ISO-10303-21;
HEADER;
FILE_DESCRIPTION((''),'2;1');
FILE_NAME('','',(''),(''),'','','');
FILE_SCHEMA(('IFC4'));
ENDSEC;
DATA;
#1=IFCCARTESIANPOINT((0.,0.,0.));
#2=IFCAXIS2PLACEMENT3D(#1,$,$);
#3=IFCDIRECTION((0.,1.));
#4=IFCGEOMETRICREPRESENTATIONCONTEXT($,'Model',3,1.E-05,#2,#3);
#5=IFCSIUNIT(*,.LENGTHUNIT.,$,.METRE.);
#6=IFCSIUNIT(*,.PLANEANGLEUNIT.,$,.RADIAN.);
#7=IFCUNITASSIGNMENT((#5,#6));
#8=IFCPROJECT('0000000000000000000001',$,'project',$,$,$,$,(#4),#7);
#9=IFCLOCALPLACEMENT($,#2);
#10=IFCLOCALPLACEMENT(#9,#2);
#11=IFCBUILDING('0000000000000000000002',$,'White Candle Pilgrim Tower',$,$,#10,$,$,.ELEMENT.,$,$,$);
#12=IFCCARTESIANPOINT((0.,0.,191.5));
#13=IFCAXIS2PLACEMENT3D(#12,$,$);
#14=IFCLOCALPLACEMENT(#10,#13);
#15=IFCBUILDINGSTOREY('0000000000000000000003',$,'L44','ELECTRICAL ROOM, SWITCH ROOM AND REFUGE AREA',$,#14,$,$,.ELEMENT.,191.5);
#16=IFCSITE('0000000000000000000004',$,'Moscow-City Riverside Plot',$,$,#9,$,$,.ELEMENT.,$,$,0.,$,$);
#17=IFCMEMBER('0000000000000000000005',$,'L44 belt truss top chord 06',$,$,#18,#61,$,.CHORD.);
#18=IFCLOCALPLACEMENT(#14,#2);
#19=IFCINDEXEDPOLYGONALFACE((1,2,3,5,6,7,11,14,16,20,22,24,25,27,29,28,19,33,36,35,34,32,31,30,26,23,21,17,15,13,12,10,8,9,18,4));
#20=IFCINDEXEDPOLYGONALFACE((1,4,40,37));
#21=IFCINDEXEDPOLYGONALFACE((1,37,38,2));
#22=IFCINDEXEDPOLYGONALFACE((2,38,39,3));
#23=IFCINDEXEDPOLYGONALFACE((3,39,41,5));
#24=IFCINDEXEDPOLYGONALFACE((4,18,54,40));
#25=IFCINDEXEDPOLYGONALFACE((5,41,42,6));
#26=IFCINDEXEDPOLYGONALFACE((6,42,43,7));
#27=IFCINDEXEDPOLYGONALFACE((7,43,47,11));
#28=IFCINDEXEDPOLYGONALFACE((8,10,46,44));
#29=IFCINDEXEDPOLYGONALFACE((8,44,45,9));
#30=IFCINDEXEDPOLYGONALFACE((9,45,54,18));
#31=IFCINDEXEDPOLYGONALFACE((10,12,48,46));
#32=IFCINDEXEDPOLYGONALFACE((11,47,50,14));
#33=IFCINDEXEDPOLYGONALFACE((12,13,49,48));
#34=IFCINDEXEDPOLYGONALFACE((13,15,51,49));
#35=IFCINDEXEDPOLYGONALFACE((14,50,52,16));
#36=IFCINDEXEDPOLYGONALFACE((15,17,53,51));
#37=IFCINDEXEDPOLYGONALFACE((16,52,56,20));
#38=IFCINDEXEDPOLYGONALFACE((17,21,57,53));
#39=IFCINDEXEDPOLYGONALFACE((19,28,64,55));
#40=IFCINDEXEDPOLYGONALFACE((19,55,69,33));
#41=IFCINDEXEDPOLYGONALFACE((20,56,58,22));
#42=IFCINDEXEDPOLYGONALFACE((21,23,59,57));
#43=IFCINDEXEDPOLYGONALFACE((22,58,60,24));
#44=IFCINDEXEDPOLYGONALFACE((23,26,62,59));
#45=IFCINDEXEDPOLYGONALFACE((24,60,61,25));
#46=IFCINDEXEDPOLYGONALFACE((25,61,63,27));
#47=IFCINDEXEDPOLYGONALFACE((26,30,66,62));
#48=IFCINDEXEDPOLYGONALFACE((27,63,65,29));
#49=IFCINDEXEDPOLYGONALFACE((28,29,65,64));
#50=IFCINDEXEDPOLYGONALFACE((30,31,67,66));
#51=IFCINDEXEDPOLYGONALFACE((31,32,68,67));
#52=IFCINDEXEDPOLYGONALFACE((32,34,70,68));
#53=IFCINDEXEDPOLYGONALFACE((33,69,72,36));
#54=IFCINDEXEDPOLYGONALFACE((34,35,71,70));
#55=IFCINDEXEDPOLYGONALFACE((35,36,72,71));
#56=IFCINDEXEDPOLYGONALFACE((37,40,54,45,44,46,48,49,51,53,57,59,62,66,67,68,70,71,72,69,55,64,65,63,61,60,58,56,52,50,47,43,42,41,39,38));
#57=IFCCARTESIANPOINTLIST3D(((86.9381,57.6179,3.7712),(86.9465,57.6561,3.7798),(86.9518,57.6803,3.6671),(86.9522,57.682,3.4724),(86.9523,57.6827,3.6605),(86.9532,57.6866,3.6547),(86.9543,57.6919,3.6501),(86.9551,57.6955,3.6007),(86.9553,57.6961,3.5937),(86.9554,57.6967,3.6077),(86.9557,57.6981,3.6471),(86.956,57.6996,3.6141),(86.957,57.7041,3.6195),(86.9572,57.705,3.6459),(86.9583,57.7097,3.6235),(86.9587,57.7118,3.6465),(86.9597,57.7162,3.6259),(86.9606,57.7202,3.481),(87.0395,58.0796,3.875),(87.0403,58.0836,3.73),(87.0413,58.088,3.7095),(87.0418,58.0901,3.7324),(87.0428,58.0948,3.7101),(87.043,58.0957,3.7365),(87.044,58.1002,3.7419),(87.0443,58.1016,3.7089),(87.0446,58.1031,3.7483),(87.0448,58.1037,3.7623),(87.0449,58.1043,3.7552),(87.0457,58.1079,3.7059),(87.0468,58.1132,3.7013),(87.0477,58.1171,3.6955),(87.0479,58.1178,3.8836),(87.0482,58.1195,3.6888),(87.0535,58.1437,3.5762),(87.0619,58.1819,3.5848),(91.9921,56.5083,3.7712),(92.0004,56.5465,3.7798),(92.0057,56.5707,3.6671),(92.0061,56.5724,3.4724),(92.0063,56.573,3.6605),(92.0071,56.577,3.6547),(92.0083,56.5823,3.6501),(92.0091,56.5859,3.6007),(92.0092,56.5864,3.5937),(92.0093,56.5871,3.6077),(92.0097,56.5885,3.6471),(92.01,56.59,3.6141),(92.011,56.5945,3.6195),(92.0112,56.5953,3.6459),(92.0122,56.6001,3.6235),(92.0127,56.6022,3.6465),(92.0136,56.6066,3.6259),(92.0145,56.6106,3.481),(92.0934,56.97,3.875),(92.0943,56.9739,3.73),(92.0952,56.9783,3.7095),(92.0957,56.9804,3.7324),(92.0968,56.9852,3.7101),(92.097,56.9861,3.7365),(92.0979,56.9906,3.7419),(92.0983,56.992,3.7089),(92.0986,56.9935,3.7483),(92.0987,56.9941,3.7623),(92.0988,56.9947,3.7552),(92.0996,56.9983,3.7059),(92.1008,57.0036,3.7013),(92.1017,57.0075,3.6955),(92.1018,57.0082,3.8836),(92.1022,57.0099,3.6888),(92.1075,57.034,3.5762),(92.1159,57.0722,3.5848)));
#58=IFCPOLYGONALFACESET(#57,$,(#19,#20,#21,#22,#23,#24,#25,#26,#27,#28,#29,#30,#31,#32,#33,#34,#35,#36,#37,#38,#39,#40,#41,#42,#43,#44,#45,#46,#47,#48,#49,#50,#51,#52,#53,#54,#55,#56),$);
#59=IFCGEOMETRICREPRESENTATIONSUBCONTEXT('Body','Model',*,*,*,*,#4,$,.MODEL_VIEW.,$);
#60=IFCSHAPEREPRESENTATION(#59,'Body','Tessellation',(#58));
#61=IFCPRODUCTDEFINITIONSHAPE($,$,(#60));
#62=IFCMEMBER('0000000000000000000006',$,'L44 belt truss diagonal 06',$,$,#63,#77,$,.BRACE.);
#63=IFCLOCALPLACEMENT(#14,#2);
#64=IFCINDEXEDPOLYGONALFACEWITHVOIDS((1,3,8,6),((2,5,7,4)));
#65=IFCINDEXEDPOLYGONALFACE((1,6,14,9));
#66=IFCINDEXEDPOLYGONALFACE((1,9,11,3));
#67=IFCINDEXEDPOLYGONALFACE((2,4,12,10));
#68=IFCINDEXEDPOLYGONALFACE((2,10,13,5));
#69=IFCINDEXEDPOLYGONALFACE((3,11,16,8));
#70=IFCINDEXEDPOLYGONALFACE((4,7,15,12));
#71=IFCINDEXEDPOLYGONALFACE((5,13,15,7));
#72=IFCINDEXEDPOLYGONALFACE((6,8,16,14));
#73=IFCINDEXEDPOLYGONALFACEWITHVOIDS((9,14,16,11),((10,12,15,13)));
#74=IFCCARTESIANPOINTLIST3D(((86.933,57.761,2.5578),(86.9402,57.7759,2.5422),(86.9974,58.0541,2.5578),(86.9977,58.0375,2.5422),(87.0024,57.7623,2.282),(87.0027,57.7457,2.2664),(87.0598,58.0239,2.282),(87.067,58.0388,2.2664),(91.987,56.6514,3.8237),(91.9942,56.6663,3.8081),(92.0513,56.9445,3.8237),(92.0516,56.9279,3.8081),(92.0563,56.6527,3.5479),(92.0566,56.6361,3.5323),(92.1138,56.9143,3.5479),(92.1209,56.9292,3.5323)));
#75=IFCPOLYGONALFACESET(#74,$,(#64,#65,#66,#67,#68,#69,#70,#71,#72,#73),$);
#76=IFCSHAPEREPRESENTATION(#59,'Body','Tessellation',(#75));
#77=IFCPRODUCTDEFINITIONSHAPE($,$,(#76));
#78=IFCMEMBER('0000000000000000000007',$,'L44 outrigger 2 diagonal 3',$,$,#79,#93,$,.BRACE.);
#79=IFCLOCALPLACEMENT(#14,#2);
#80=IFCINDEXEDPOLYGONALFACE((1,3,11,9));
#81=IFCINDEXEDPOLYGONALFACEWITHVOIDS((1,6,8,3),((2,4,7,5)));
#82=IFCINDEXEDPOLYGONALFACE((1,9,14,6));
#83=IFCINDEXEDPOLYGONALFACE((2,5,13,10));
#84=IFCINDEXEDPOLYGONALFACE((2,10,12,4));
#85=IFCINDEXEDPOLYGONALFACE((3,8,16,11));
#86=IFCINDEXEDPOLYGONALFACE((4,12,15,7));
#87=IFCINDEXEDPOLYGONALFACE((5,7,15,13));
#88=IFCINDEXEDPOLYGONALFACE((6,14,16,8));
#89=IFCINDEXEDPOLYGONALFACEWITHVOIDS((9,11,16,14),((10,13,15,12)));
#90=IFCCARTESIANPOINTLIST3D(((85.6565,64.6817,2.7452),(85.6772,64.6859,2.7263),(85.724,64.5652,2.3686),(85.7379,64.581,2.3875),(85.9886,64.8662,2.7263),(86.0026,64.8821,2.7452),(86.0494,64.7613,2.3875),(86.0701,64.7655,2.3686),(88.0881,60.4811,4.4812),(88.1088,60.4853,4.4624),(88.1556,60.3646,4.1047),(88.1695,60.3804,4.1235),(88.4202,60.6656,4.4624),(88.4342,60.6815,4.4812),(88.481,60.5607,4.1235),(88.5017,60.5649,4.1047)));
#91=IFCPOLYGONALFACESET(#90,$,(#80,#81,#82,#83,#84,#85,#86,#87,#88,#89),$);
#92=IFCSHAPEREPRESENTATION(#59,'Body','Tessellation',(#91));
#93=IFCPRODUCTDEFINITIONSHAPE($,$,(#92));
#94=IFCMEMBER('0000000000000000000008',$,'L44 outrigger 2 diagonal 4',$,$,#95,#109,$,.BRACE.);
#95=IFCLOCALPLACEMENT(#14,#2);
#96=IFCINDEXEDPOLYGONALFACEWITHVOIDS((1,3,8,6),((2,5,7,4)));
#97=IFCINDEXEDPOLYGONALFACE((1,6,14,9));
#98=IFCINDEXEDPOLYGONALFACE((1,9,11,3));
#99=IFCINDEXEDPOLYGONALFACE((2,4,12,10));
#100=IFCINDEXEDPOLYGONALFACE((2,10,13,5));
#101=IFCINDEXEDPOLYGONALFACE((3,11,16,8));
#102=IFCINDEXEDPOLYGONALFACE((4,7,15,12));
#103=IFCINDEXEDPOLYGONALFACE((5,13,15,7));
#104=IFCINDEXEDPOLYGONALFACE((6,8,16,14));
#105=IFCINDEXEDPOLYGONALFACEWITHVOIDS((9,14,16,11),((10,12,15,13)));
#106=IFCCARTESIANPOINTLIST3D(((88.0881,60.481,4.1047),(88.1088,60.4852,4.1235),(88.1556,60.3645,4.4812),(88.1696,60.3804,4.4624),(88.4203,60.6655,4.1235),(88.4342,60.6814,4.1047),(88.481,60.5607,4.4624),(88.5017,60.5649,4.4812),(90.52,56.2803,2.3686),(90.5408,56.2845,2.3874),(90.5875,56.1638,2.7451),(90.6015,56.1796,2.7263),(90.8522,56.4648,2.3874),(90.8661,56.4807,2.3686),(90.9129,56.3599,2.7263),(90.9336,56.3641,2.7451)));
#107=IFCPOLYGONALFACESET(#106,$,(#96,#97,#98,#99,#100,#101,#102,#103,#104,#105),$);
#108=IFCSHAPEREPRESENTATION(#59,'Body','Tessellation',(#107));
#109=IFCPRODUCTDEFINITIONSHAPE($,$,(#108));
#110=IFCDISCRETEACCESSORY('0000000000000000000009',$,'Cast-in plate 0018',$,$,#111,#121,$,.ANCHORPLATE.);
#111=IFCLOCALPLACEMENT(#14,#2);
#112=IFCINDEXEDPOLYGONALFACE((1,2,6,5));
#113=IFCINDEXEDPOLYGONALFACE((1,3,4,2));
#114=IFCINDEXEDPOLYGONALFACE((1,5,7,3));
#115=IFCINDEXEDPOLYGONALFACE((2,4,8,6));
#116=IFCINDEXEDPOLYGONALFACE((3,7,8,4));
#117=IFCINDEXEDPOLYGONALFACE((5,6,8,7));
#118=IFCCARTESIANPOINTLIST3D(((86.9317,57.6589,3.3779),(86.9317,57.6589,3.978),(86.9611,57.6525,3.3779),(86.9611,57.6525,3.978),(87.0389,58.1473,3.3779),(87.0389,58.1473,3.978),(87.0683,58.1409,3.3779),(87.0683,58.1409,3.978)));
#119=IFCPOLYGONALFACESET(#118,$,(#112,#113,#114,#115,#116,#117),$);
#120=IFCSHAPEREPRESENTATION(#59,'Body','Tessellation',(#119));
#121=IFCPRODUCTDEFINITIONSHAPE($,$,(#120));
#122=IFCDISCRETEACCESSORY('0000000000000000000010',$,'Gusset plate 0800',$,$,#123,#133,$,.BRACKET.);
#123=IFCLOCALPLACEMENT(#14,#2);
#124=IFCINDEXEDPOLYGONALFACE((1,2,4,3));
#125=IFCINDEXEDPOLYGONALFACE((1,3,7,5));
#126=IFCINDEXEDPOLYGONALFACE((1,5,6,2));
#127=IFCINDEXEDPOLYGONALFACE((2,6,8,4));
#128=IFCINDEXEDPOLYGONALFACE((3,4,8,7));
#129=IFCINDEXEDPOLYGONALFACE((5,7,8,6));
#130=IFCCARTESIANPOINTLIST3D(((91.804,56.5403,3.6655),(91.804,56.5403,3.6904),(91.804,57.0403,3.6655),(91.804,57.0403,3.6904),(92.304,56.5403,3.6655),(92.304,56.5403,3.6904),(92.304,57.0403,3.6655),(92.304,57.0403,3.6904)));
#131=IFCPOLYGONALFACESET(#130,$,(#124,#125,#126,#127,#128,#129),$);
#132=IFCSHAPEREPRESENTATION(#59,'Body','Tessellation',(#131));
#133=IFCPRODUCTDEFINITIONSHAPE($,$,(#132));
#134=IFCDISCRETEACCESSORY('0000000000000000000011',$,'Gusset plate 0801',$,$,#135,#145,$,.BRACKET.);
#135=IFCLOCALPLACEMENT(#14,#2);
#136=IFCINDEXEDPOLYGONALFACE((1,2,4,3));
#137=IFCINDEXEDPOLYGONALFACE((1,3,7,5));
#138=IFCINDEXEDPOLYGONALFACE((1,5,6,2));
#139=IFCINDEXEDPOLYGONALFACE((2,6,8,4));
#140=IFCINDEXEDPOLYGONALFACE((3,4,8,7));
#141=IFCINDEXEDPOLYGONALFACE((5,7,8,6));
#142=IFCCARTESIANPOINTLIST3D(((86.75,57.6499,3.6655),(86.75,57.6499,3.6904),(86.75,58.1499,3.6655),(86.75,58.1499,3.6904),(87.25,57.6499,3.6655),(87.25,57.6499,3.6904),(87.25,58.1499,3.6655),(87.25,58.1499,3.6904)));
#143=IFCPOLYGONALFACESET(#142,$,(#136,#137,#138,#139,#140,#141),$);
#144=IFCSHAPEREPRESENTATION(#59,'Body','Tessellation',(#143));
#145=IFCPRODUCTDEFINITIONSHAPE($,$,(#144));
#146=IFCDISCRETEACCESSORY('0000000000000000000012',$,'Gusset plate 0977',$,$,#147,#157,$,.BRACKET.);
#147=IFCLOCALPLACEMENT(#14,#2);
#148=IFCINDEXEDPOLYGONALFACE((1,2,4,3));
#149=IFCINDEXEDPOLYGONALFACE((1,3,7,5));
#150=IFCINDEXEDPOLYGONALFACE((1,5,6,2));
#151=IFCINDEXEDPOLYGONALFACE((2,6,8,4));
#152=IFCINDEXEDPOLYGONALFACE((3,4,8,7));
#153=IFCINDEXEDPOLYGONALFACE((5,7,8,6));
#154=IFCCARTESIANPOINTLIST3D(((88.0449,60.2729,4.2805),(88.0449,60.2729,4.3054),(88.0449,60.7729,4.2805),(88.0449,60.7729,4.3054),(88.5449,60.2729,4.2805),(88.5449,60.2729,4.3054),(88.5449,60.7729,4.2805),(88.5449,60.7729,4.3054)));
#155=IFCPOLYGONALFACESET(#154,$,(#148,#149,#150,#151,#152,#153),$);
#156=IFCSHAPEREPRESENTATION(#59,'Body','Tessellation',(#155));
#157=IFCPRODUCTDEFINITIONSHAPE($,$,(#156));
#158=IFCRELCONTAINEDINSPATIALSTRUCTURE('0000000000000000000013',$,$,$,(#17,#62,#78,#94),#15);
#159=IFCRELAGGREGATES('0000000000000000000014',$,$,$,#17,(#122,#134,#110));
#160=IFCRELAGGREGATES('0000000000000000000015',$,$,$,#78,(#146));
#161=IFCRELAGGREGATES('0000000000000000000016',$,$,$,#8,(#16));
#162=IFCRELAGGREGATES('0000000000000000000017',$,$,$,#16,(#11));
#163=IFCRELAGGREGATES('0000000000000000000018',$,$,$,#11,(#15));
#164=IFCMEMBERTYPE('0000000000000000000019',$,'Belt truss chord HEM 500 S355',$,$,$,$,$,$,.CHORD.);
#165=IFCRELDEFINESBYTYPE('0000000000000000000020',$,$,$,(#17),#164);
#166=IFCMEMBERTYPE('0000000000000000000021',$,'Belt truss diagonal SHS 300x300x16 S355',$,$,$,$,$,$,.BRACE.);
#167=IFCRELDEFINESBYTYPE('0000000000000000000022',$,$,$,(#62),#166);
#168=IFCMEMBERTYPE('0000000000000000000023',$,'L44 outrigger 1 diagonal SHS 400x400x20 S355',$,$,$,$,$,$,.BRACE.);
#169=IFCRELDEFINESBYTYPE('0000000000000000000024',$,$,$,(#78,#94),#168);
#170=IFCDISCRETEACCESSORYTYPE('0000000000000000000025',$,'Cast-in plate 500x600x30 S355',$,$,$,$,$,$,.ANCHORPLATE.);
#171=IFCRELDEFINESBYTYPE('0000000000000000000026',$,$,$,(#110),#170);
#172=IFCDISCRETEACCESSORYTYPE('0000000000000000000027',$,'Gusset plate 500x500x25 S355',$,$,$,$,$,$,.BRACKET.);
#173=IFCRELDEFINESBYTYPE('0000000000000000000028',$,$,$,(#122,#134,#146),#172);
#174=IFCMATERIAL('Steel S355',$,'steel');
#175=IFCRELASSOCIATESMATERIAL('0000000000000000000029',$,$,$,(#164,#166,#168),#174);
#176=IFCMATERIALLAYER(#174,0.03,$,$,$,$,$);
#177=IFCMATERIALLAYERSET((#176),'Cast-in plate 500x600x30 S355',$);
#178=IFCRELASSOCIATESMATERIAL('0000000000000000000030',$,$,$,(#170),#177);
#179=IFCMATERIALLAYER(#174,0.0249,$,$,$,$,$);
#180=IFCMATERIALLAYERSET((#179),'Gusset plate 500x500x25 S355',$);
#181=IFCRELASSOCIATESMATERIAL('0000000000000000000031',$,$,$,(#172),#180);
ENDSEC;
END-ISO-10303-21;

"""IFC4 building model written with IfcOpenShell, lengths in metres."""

from ifc_helpers import new_model, si_unit, direction, frame, origin, origin_2d, place, context, subcontext, project, spatial, rectangle, hollow_rectangle, i_section, extrude, material, layer, layer_set, material_profile, profile_set, type_object, element, aggregate, save


model = new_model("IFC4")

# Units and contexts
model_context = context("Model", 3, precision=1e-05, world=origin(), true_north=direction((0.0, 1.0)))
body_context = subcontext(model_context, "Body", "Model", "MODEL_VIEW")
ifc_project = project(units=[si_unit("LENGTHUNIT", "METRE"), si_unit("PLANEANGLEUNIT", "RADIAN")], contexts=[model_context])

# Site, building, storey
site_placement = place(None, origin())
site = spatial("IfcSite", under=ifc_project, at=site_placement, Name="Moscow-City Riverside Plot", CompositionType="ELEMENT", RefElevation=0.0)
building_placement = place(site_placement, origin())
building = spatial("IfcBuilding", under=site, at=building_placement, Name="White Candle Pilgrim Tower", CompositionType="ELEMENT")
storey_placement = place(building_placement, frame((0.0, 0.0, 191.5)))
storey = spatial("IfcBuildingStorey", under=building, at=storey_placement, Name="L44", Description="ELECTRICAL ROOM, SWITCH ROOM AND REFUGE AREA", CompositionType="ELEMENT", Elevation=191.5)

# Members
ifc_material_1 = material(Name="Steel S355", Category="steel")
ifc_material_profile_1 = material_profile(ifc_material_1, i_section(OverallWidth=0.3059, OverallDepth=0.5239, WebThickness=0.021, FlangeThickness=0.04, FilletRadius=0.0271, at=origin_2d()), Name="HEM 500")
ifc_profile_set_1 = profile_set([ifc_material_profile_1], Name="Steel S355")
member_type_1 = type_object("IfcMemberType", Name="Belt truss chord HEM 500 S355", PredefinedType="CHORD", material=ifc_profile_set_1)
member_1_placement = place(storey_placement, frame((92.054, 56.7903, 3.678), z_axis=(-0.976736, 0.214447, 0.0), x_axis=(0.045987, 0.209457, -0.976736)))
member_1 = element("IfcMember", 1, at=member_1_placement, inside=storey, type_object=member_type_1, Name="L44 belt truss top chord 06", PredefinedType="CHORD", context=body_context, shape_type="SweptSolid", body=[
    extrude(i_section(OverallWidth=0.3059, OverallDepth=0.5239, WebThickness=0.021, FlangeThickness=0.04, FilletRadius=0.0271, at=origin_2d()), origin(), (0.0, 0.0, 1.0), 5.1743),
])
ifc_material_profile_2 = material_profile(ifc_material_1, hollow_rectangle(XDim=0.3, YDim=0.3, WallThickness=0.0161, at=origin_2d()), Name="SHS 300x300x16")
ifc_profile_set_2 = profile_set([ifc_material_profile_2], Name="Steel S355")
member_type_2 = type_object("IfcMemberType", Name="Belt truss diagonal SHS 300x300x16 S355", PredefinedType="BRACE", material=ifc_profile_set_2)
member_2_placement = place(storey_placement, frame((92.054, 56.7903, 3.678), z_axis=(-0.948756, 0.208304, -0.237636), x_axis=(-0.214447, -0.976736, 0.0)))
element("IfcMember", 2, at=member_2_placement, inside=storey, type_object=member_type_2, Name="L44 belt truss diagonal 06", PredefinedType="BRACE", context=body_context, shape_type="SweptSolid", body=[
    extrude(hollow_rectangle(XDim=0.3, YDim=0.3, WallThickness=0.0161, at=origin_2d()), origin(), (0.0, 0.0, 1.0), 5.3269),
])
ifc_material_profile_3 = material_profile(ifc_material_1, hollow_rectangle(XDim=0.3999, YDim=0.3999, WallThickness=0.02, at=origin_2d()), Name="SHS 400x400x20")
ifc_profile_set_3 = profile_set([ifc_material_profile_3], Name="Steel S355")
member_type_3 = type_object("IfcMemberType", Name="L44 outrigger 1 diagonal SHS 400x400x20 S355", PredefinedType="BRACE", material=ifc_profile_set_3)
member_3_placement = place(storey_placement, frame((85.8633, 64.7236, 2.5569), z_axis=(0.471718, -0.814897, 0.336786), x_axis=(0.865456, 0.500985, 0.0)))
member_3 = element("IfcMember", 3, at=member_3_placement, inside=storey, type_object=member_type_3, Name="L44 outrigger 2 diagonal 3", PredefinedType="BRACE", context=body_context, shape_type="SweptSolid", body=[
    extrude(hollow_rectangle(XDim=0.3999, YDim=0.3999, WallThickness=0.02, at=origin_2d()), origin(), (0.0, 0.0, 1.0), 5.1548),
])
member_4_placement = place(storey_placement, frame((88.2949, 60.5229, 4.293), z_axis=(0.471755, -0.814879, -0.336778), x_axis=(0.865434, 0.501022, 0.0)))
element("IfcMember", 4, at=member_4_placement, inside=storey, type_object=member_type_3, Name="L44 outrigger 2 diagonal 4", PredefinedType="BRACE", context=body_context, shape_type="SweptSolid", body=[
    extrude(hollow_rectangle(XDim=0.3999, YDim=0.3999, WallThickness=0.02, at=origin_2d()), origin(), (0.0, 0.0, 1.0), 5.155),
])

# Discrete accessories
ifc_layer_1 = layer(ifc_material_1, 0.03)
ifc_layer_set_1 = layer_set([ifc_layer_1], Name="Cast-in plate 500x600x30 S355")
discrete_accessory_type_1 = type_object("IfcDiscreteAccessoryType", Name="Cast-in plate 500x600x30 S355", PredefinedType="ANCHORPLATE", material=ifc_layer_set_1)
discrete_accessory_1_placement = place(storey_placement, frame((87.0, 57.8999, 3.3779), z_axis=(0.0, 0.0, 1.0), x_axis=(0.976736, -0.214446, 0.0)))
discrete_accessory_1 = element("IfcDiscreteAccessory", 5, at=discrete_accessory_1_placement, type_object=discrete_accessory_type_1, Name="Cast-in plate 0018", PredefinedType="ANCHORPLATE", context=body_context, shape_type="SweptSolid", body=[
    extrude(rectangle(XDim=0.03, YDim=0.5, at=origin_2d()), origin(), (0.0, 0.0, 1.0), 0.6001),
])
ifc_layer_2 = layer(ifc_material_1, 0.0249)
ifc_layer_set_2 = layer_set([ifc_layer_2], Name="Gusset plate 500x500x25 S355")
discrete_accessory_type_2 = type_object("IfcDiscreteAccessoryType", Name="Gusset plate 500x500x25 S355", PredefinedType="BRACKET", material=ifc_layer_set_2)
discrete_accessory_2_placement = place(storey_placement, frame((92.054, 56.7903, 3.6655), z_axis=(0.0, 0.0, 1.0), x_axis=(1.0, 0.0, 0.0)))
discrete_accessory_2 = element("IfcDiscreteAccessory", 6, at=discrete_accessory_2_placement, type_object=discrete_accessory_type_2, Name="Gusset plate 0800", PredefinedType="BRACKET", context=body_context, shape_type="SweptSolid", body=[
    extrude(rectangle(XDim=0.5, YDim=0.5, at=origin_2d()), origin(), (0.0, 0.0, 1.0), 0.0249),
])
discrete_accessory_3_placement = place(storey_placement, frame((87.0, 57.8999, 3.6655), z_axis=(0.0, 0.0, 1.0), x_axis=(1.0, 0.0, 0.0)))
discrete_accessory_3 = element("IfcDiscreteAccessory", 7, at=discrete_accessory_3_placement, type_object=discrete_accessory_type_2, Name="Gusset plate 0801", PredefinedType="BRACKET", context=body_context, shape_type="SweptSolid", body=[
    extrude(rectangle(XDim=0.5, YDim=0.5, at=origin_2d()), origin(), (0.0, 0.0, 1.0), 0.0249),
])
aggregate(member_1, [discrete_accessory_2, discrete_accessory_3, discrete_accessory_1])
discrete_accessory_4_placement = place(storey_placement, frame((88.2949, 60.5229, 4.2805), z_axis=(0.0, 0.0, 1.0), x_axis=(1.0, 0.0, 0.0)))
discrete_accessory_4 = element("IfcDiscreteAccessory", 8, at=discrete_accessory_4_placement, type_object=discrete_accessory_type_2, Name="Gusset plate 0977", PredefinedType="BRACKET", context=body_context, shape_type="SweptSolid", body=[
    extrude(rectangle(XDim=0.5, YDim=0.5, at=origin_2d()), origin(), (0.0, 0.0, 1.0), 0.0249),
])
aggregate(member_3, [discrete_accessory_4])

save(model, "model.ifc")
